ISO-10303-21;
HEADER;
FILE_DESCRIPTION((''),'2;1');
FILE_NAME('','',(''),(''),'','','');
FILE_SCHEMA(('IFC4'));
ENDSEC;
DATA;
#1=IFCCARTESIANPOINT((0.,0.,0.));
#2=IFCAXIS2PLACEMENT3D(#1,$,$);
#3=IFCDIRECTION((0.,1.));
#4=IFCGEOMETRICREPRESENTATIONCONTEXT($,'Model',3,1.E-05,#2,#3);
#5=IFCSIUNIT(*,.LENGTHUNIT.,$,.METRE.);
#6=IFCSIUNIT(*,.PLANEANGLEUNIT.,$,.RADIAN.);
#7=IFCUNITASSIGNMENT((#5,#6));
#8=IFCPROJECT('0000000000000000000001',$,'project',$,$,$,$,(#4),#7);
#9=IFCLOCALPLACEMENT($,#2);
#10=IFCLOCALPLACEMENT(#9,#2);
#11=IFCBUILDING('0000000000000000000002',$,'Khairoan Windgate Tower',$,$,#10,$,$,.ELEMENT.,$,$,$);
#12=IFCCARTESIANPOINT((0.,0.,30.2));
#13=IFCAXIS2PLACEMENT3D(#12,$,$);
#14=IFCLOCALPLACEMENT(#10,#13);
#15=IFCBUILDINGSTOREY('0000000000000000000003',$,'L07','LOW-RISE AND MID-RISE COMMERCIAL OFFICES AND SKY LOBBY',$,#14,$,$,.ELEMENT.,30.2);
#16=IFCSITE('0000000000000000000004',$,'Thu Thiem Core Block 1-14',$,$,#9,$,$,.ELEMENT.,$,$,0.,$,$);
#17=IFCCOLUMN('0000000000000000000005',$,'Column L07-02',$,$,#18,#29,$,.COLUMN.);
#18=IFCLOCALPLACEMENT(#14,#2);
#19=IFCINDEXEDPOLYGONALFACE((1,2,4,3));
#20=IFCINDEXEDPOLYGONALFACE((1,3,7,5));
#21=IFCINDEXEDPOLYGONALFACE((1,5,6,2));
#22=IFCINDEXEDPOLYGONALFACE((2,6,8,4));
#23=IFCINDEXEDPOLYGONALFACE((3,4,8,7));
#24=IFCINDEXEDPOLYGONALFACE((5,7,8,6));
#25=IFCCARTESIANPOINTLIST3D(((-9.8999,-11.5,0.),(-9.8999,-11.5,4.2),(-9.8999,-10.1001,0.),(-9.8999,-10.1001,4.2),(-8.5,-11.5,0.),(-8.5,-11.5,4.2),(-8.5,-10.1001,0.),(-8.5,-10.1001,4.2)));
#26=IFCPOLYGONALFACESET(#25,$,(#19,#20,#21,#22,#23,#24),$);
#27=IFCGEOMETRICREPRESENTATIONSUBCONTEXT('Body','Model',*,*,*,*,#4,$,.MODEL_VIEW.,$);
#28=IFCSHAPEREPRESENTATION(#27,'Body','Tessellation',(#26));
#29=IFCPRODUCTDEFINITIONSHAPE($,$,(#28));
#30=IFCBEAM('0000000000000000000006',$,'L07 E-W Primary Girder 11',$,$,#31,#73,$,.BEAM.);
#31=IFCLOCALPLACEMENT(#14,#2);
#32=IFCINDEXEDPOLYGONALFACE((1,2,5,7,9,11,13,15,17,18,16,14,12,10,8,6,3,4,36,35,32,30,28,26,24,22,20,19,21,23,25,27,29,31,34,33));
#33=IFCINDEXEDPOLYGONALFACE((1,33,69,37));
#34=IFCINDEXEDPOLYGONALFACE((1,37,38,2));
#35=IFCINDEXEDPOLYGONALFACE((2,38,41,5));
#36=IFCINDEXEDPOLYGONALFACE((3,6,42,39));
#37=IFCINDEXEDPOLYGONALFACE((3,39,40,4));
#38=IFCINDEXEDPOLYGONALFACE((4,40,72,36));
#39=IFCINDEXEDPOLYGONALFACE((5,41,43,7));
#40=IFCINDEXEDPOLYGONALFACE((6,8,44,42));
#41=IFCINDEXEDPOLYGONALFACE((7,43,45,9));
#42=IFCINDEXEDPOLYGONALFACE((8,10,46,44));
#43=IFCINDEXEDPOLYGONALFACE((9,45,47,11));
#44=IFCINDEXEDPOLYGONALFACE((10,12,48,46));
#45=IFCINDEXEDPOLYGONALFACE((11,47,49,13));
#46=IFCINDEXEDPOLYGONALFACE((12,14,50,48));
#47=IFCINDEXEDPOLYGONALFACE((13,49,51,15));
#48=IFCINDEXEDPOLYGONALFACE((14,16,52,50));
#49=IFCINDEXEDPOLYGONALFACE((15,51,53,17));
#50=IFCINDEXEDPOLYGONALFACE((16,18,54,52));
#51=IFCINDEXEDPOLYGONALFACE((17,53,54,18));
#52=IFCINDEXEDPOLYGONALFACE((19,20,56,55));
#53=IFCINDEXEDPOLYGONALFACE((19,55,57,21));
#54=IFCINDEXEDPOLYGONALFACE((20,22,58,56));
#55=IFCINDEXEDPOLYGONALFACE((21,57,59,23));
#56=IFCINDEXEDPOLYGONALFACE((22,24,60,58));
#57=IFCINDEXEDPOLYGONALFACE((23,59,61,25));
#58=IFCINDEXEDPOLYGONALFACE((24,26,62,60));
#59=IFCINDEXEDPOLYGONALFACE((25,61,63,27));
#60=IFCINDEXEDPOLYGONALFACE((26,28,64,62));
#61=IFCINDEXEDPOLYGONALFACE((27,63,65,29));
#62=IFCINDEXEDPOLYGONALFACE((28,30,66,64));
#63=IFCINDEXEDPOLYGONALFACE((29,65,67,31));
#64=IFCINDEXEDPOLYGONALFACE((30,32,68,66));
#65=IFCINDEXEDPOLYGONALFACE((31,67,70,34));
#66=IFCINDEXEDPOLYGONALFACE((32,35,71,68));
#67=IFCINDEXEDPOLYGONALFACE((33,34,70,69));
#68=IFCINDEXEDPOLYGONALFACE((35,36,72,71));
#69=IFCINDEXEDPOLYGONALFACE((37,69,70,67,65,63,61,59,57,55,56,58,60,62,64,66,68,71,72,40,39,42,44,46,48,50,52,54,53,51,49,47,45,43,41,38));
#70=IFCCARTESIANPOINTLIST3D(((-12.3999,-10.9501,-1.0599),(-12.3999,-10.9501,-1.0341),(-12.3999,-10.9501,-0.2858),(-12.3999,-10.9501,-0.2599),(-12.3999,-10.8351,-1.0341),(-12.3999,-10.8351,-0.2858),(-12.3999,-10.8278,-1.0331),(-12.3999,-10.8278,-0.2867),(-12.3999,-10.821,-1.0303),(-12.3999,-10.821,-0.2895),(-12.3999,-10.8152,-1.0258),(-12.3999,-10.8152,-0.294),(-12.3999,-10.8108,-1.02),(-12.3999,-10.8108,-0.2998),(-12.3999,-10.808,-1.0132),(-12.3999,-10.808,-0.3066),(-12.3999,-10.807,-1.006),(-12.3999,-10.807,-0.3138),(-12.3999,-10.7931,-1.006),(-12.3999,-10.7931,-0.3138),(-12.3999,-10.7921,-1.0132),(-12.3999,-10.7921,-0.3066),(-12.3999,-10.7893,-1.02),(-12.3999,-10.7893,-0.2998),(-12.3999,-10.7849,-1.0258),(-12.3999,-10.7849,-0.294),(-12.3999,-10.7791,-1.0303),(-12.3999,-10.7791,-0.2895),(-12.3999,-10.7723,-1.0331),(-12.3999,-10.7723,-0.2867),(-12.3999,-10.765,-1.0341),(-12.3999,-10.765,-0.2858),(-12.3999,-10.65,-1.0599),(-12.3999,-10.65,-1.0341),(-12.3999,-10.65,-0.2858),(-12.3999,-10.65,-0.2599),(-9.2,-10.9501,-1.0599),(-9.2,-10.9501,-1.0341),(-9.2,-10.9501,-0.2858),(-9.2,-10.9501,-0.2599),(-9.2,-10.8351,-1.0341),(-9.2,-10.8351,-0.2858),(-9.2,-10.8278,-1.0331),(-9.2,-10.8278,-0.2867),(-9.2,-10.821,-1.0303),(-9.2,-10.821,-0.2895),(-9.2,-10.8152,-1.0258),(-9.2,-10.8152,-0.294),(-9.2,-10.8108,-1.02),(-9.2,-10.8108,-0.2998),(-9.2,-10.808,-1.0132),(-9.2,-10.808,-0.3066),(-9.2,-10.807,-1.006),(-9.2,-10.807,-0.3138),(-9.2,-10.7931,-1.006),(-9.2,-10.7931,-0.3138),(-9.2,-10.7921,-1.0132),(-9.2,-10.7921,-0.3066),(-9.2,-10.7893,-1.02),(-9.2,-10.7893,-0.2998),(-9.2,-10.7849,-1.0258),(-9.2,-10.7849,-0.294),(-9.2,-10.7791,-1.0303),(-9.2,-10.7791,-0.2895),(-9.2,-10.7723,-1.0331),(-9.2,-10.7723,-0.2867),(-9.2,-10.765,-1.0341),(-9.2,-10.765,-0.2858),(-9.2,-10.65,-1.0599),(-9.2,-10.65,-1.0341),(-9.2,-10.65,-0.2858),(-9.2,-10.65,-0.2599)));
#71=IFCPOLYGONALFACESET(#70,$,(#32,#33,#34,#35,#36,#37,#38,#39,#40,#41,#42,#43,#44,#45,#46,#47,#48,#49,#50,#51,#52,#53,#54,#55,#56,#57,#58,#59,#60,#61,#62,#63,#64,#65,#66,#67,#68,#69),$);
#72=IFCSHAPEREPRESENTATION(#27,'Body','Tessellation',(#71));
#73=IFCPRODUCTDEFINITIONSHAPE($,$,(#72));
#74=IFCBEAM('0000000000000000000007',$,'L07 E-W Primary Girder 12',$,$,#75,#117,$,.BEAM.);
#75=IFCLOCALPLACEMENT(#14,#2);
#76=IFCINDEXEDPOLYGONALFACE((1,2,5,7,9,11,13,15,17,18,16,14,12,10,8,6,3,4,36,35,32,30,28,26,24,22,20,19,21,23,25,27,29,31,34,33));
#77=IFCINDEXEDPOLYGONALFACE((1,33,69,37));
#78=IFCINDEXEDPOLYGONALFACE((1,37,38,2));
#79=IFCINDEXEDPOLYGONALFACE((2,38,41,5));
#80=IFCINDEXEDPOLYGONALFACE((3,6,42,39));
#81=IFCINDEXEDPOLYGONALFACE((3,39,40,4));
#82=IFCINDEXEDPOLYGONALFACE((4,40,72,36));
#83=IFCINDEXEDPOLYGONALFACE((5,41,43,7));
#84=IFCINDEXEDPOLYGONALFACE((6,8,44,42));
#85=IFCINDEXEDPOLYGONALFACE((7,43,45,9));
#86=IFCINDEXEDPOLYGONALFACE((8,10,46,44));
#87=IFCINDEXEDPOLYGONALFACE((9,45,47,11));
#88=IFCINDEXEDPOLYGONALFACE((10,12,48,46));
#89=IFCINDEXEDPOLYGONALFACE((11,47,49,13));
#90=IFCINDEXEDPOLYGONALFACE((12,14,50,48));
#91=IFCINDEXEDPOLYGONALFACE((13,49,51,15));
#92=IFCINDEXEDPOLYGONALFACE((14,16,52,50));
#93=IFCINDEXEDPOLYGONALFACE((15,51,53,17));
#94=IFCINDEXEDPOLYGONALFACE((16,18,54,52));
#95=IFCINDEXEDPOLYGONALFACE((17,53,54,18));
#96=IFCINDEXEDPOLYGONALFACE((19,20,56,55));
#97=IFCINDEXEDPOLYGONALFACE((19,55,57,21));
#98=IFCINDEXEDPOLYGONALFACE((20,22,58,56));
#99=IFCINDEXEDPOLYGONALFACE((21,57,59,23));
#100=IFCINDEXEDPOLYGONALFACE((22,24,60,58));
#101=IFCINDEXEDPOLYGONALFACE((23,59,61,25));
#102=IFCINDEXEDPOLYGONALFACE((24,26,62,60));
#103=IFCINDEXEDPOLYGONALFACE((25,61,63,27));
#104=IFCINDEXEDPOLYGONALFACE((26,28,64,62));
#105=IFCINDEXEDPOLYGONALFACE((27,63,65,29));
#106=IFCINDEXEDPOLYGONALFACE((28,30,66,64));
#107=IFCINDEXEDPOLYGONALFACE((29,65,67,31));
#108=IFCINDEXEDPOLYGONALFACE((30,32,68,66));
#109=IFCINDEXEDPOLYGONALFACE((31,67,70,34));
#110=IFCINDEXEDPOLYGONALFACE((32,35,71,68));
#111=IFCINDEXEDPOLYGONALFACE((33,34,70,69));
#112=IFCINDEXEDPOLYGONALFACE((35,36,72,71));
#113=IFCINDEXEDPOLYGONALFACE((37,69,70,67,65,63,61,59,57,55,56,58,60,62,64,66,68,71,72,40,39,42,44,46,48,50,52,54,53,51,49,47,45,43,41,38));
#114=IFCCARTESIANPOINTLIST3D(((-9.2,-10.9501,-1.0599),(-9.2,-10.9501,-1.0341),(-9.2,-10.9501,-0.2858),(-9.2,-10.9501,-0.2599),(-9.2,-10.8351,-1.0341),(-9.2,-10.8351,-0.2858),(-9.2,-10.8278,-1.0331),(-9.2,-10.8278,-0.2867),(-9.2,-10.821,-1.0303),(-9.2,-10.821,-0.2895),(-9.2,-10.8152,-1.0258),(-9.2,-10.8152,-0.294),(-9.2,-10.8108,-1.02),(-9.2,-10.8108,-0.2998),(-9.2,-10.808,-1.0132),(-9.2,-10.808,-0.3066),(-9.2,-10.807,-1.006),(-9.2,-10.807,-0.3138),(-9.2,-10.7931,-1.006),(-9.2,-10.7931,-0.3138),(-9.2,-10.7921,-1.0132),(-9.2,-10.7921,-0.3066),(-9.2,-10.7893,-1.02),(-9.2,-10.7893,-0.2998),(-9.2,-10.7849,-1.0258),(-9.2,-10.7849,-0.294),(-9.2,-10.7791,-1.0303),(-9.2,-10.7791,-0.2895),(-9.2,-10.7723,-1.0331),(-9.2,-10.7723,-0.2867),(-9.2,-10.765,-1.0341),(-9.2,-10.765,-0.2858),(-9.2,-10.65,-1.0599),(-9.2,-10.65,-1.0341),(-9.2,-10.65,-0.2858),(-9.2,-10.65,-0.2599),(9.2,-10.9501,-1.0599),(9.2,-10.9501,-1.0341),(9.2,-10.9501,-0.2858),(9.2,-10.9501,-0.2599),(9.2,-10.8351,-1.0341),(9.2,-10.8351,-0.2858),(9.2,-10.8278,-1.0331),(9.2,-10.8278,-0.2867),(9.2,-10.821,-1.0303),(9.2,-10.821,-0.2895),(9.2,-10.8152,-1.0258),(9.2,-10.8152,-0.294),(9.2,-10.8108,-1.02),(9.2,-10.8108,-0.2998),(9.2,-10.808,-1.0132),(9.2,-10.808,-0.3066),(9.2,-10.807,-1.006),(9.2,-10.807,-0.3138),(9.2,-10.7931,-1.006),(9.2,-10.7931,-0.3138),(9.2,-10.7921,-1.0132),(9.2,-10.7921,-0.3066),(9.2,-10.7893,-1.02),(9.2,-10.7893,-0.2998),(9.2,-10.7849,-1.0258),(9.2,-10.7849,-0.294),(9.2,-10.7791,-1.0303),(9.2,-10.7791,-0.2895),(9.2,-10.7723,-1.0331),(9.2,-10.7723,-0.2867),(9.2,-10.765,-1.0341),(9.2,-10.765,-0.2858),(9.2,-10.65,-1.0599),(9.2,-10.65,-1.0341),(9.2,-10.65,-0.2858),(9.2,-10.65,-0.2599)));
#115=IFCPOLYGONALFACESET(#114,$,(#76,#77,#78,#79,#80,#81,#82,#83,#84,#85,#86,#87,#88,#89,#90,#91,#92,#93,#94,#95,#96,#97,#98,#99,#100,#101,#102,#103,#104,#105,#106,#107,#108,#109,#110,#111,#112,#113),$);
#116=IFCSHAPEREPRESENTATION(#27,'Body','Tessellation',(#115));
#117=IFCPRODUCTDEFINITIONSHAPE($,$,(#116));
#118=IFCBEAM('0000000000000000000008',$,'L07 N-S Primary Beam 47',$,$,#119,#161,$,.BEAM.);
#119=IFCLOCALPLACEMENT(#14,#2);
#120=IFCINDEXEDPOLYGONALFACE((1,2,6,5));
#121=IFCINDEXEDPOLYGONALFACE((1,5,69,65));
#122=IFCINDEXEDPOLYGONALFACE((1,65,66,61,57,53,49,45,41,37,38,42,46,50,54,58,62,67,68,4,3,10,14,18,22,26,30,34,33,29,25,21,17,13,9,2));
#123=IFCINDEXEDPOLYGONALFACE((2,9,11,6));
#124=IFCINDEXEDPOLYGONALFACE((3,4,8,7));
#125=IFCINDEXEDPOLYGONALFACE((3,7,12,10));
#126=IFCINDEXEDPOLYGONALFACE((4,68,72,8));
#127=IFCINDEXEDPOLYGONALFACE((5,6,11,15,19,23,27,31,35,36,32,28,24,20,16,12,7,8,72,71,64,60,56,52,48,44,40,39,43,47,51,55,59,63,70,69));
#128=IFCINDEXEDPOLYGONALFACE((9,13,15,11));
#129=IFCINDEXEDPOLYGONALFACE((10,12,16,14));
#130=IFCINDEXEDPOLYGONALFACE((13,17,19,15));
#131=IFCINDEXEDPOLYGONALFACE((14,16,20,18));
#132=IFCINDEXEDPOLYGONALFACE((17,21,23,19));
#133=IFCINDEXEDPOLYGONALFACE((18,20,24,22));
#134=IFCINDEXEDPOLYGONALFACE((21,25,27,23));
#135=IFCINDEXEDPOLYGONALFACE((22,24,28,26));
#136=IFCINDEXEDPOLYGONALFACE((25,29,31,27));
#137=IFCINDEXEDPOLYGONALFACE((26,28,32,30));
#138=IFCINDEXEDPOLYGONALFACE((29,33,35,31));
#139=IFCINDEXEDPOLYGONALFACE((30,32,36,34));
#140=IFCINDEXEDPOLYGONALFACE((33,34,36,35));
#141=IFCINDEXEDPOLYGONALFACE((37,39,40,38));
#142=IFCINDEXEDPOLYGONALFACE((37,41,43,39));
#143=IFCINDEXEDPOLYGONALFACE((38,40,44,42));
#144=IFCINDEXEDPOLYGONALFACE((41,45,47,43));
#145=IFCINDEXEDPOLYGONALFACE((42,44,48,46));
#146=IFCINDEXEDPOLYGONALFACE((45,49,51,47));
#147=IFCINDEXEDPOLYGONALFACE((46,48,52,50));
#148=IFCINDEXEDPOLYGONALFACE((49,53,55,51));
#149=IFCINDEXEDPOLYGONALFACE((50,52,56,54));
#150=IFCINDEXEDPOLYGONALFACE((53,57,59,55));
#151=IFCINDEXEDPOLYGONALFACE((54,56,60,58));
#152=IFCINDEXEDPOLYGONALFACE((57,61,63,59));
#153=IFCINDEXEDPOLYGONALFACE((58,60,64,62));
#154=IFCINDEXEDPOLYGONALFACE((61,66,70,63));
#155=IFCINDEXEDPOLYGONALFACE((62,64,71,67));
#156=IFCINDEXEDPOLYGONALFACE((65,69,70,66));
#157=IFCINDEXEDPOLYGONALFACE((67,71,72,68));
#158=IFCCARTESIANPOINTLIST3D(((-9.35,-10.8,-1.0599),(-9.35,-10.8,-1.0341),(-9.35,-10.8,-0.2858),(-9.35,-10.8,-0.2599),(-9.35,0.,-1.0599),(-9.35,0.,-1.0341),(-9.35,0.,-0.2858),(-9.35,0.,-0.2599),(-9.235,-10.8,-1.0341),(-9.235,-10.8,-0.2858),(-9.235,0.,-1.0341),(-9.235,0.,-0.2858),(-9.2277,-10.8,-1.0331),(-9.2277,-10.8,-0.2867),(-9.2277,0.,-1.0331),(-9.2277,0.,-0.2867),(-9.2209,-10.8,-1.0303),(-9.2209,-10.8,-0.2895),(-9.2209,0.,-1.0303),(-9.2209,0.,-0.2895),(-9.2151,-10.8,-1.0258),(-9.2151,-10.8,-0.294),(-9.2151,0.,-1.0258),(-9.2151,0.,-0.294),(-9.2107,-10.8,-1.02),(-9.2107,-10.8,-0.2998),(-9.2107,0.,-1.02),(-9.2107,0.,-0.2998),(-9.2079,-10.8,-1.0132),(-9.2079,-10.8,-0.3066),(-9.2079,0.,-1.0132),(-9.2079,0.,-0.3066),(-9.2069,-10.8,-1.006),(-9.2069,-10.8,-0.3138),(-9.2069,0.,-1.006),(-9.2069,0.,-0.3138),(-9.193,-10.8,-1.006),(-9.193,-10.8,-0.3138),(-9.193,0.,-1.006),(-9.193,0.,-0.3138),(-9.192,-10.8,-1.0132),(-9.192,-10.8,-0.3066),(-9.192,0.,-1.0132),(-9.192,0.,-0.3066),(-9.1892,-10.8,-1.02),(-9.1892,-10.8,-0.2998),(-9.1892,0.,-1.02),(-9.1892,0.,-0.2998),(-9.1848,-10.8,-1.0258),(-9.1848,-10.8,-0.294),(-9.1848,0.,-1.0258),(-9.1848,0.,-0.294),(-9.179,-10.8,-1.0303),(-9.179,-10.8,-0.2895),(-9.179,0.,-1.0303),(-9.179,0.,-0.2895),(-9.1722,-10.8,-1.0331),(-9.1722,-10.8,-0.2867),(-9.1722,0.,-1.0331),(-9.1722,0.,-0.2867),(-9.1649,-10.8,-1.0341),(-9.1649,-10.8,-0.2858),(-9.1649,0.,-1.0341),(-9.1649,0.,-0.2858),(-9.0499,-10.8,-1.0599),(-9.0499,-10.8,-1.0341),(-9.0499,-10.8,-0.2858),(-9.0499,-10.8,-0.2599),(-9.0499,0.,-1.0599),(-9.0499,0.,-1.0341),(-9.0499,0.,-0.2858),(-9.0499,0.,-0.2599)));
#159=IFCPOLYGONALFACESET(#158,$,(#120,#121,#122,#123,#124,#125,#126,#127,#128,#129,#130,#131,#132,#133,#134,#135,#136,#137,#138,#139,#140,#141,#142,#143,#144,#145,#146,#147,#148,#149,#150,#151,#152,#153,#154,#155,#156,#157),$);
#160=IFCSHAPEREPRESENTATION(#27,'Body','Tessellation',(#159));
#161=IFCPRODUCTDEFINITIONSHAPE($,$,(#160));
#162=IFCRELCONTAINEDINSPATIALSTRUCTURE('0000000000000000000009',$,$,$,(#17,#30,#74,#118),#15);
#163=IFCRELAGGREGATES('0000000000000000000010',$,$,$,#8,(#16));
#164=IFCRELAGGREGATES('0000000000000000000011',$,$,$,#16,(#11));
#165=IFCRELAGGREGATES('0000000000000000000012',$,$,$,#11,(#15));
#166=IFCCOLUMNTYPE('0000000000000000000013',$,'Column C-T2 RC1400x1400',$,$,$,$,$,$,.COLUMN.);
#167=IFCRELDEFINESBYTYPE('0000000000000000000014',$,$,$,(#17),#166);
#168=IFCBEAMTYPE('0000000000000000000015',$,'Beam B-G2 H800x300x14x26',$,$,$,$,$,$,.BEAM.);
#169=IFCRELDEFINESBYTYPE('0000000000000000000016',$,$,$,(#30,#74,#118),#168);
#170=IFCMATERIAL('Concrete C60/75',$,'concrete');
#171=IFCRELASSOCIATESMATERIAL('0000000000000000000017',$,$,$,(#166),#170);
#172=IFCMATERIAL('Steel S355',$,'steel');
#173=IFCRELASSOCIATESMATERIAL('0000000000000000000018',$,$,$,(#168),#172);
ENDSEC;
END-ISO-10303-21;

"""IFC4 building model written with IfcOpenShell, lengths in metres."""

from ifc_helpers import new_model, si_unit, direction, frame, origin, origin_2d, place, context, subcontext, project, spatial, rectangle, i_section, extrude, material, material_profile, profile_set, type_object, element, save


model = new_model("IFC4")

# Units and contexts
model_context = context("Model", 3, precision=1e-05, world=origin(), true_north=direction((0.0, 1.0)))
body_context = subcontext(model_context, "Body", "Model", "MODEL_VIEW")
ifc_project = project(units=[si_unit("LENGTHUNIT", "METRE"), si_unit("PLANEANGLEUNIT", "RADIAN")], contexts=[model_context])

# Site, building, storey
site_placement = place(None, origin())
site = spatial("IfcSite", under=ifc_project, at=site_placement, Name="Thu Thiem Core Block 1-14", CompositionType="ELEMENT", RefElevation=0.0)
building_placement = place(site_placement, origin())
building = spatial("IfcBuilding", under=site, at=building_placement, Name="Khairoan Windgate Tower", CompositionType="ELEMENT")
storey_placement = place(building_placement, frame((0.0, 0.0, 30.2)))
storey = spatial("IfcBuildingStorey", under=building, at=storey_placement, Name="L07", Description="LOW-RISE AND MID-RISE COMMERCIAL OFFICES AND SKY LOBBY", CompositionType="ELEMENT", Elevation=30.2)

# Column
ifc_material_1 = material(Name="Concrete C60/75", Category="concrete")
ifc_material_profile_1 = material_profile(ifc_material_1, rectangle(XDim=1.3999, YDim=1.3999, at=origin_2d()))
ifc_profile_set_1 = profile_set([ifc_material_profile_1], Name="Concrete C60/75")
column_type = type_object("IfcColumnType", Name="Column C-T2 RC1400x1400", PredefinedType="COLUMN", material=ifc_profile_set_1)
column_placement = place(storey_placement, frame((-9.2, -10.8, 0.0), z_axis=(0.0, 0.0, 1.0), x_axis=(1.0, 0.0, 0.0)))
element("IfcColumn", 1, at=column_placement, inside=storey, type_object=column_type, Name="Column L07-02", PredefinedType="COLUMN", context=body_context, shape_type="SweptSolid", body=[
    extrude(rectangle(XDim=1.3999, YDim=1.3999, at=origin_2d()), origin(), (0.0, 0.0, 1.0), 4.2),
])

# Beams
ifc_material_2 = material(Name="Steel S355", Category="steel")
ifc_material_profile_2 = material_profile(ifc_material_2, i_section(OverallWidth=0.3, OverallDepth=0.8, WebThickness=0.0139, FlangeThickness=0.0259, FilletRadius=0.0281, at=origin_2d()))
ifc_profile_set_2 = profile_set([ifc_material_profile_2], Name="Steel S355")
beam_type_1 = type_object("IfcBeamType", Name="Beam B-G2 H800x300x14x26", PredefinedType="BEAM", material=ifc_profile_set_2)
beam_1_placement = place(storey_placement, frame((-12.3999, -10.8, -0.6599), z_axis=(1.0, 0.0, 0.0), x_axis=(0.0, 1.0, 0.0)))
element("IfcBeam", 2, at=beam_1_placement, inside=storey, type_object=beam_type_1, Name="L07 E-W Primary Girder 11", PredefinedType="BEAM", context=body_context, shape_type="SweptSolid", body=[
    extrude(i_section(OverallWidth=0.3, OverallDepth=0.8, WebThickness=0.0139, FlangeThickness=0.0259, FilletRadius=0.0281, at=origin_2d()), origin(), (0.0, 0.0, 1.0), 3.2),
])
beam_2_placement = place(storey_placement, frame((-9.2, -10.8, -0.6599), z_axis=(1.0, 0.0, 0.0), x_axis=(0.0, 1.0, 0.0)))
element("IfcBeam", 3, at=beam_2_placement, inside=storey, type_object=beam_type_1, Name="L07 E-W Primary Girder 12", PredefinedType="BEAM", context=body_context, shape_type="SweptSolid", body=[
    extrude(i_section(OverallWidth=0.3, OverallDepth=0.8, WebThickness=0.0139, FlangeThickness=0.0259, FilletRadius=0.0281, at=origin_2d()), origin(), (0.0, 0.0, 1.0), 18.3999),
])
beam_3_placement = place(storey_placement, frame((-9.2, -10.8, -0.6599), z_axis=(0.0, 1.0, 0.0), x_axis=(-1.0, 0.0, 0.0)))
element("IfcBeam", 4, at=beam_3_placement, inside=storey, type_object=beam_type_1, Name="L07 N-S Primary Beam 47", PredefinedType="BEAM", context=body_context, shape_type="SweptSolid", body=[
    extrude(i_section(OverallWidth=0.3, OverallDepth=0.8, WebThickness=0.0139, FlangeThickness=0.0259, FilletRadius=0.0281, at=origin_2d()), origin(), (0.0, 0.0, 1.0), 10.8),
])

save(model, "model.ifc")
